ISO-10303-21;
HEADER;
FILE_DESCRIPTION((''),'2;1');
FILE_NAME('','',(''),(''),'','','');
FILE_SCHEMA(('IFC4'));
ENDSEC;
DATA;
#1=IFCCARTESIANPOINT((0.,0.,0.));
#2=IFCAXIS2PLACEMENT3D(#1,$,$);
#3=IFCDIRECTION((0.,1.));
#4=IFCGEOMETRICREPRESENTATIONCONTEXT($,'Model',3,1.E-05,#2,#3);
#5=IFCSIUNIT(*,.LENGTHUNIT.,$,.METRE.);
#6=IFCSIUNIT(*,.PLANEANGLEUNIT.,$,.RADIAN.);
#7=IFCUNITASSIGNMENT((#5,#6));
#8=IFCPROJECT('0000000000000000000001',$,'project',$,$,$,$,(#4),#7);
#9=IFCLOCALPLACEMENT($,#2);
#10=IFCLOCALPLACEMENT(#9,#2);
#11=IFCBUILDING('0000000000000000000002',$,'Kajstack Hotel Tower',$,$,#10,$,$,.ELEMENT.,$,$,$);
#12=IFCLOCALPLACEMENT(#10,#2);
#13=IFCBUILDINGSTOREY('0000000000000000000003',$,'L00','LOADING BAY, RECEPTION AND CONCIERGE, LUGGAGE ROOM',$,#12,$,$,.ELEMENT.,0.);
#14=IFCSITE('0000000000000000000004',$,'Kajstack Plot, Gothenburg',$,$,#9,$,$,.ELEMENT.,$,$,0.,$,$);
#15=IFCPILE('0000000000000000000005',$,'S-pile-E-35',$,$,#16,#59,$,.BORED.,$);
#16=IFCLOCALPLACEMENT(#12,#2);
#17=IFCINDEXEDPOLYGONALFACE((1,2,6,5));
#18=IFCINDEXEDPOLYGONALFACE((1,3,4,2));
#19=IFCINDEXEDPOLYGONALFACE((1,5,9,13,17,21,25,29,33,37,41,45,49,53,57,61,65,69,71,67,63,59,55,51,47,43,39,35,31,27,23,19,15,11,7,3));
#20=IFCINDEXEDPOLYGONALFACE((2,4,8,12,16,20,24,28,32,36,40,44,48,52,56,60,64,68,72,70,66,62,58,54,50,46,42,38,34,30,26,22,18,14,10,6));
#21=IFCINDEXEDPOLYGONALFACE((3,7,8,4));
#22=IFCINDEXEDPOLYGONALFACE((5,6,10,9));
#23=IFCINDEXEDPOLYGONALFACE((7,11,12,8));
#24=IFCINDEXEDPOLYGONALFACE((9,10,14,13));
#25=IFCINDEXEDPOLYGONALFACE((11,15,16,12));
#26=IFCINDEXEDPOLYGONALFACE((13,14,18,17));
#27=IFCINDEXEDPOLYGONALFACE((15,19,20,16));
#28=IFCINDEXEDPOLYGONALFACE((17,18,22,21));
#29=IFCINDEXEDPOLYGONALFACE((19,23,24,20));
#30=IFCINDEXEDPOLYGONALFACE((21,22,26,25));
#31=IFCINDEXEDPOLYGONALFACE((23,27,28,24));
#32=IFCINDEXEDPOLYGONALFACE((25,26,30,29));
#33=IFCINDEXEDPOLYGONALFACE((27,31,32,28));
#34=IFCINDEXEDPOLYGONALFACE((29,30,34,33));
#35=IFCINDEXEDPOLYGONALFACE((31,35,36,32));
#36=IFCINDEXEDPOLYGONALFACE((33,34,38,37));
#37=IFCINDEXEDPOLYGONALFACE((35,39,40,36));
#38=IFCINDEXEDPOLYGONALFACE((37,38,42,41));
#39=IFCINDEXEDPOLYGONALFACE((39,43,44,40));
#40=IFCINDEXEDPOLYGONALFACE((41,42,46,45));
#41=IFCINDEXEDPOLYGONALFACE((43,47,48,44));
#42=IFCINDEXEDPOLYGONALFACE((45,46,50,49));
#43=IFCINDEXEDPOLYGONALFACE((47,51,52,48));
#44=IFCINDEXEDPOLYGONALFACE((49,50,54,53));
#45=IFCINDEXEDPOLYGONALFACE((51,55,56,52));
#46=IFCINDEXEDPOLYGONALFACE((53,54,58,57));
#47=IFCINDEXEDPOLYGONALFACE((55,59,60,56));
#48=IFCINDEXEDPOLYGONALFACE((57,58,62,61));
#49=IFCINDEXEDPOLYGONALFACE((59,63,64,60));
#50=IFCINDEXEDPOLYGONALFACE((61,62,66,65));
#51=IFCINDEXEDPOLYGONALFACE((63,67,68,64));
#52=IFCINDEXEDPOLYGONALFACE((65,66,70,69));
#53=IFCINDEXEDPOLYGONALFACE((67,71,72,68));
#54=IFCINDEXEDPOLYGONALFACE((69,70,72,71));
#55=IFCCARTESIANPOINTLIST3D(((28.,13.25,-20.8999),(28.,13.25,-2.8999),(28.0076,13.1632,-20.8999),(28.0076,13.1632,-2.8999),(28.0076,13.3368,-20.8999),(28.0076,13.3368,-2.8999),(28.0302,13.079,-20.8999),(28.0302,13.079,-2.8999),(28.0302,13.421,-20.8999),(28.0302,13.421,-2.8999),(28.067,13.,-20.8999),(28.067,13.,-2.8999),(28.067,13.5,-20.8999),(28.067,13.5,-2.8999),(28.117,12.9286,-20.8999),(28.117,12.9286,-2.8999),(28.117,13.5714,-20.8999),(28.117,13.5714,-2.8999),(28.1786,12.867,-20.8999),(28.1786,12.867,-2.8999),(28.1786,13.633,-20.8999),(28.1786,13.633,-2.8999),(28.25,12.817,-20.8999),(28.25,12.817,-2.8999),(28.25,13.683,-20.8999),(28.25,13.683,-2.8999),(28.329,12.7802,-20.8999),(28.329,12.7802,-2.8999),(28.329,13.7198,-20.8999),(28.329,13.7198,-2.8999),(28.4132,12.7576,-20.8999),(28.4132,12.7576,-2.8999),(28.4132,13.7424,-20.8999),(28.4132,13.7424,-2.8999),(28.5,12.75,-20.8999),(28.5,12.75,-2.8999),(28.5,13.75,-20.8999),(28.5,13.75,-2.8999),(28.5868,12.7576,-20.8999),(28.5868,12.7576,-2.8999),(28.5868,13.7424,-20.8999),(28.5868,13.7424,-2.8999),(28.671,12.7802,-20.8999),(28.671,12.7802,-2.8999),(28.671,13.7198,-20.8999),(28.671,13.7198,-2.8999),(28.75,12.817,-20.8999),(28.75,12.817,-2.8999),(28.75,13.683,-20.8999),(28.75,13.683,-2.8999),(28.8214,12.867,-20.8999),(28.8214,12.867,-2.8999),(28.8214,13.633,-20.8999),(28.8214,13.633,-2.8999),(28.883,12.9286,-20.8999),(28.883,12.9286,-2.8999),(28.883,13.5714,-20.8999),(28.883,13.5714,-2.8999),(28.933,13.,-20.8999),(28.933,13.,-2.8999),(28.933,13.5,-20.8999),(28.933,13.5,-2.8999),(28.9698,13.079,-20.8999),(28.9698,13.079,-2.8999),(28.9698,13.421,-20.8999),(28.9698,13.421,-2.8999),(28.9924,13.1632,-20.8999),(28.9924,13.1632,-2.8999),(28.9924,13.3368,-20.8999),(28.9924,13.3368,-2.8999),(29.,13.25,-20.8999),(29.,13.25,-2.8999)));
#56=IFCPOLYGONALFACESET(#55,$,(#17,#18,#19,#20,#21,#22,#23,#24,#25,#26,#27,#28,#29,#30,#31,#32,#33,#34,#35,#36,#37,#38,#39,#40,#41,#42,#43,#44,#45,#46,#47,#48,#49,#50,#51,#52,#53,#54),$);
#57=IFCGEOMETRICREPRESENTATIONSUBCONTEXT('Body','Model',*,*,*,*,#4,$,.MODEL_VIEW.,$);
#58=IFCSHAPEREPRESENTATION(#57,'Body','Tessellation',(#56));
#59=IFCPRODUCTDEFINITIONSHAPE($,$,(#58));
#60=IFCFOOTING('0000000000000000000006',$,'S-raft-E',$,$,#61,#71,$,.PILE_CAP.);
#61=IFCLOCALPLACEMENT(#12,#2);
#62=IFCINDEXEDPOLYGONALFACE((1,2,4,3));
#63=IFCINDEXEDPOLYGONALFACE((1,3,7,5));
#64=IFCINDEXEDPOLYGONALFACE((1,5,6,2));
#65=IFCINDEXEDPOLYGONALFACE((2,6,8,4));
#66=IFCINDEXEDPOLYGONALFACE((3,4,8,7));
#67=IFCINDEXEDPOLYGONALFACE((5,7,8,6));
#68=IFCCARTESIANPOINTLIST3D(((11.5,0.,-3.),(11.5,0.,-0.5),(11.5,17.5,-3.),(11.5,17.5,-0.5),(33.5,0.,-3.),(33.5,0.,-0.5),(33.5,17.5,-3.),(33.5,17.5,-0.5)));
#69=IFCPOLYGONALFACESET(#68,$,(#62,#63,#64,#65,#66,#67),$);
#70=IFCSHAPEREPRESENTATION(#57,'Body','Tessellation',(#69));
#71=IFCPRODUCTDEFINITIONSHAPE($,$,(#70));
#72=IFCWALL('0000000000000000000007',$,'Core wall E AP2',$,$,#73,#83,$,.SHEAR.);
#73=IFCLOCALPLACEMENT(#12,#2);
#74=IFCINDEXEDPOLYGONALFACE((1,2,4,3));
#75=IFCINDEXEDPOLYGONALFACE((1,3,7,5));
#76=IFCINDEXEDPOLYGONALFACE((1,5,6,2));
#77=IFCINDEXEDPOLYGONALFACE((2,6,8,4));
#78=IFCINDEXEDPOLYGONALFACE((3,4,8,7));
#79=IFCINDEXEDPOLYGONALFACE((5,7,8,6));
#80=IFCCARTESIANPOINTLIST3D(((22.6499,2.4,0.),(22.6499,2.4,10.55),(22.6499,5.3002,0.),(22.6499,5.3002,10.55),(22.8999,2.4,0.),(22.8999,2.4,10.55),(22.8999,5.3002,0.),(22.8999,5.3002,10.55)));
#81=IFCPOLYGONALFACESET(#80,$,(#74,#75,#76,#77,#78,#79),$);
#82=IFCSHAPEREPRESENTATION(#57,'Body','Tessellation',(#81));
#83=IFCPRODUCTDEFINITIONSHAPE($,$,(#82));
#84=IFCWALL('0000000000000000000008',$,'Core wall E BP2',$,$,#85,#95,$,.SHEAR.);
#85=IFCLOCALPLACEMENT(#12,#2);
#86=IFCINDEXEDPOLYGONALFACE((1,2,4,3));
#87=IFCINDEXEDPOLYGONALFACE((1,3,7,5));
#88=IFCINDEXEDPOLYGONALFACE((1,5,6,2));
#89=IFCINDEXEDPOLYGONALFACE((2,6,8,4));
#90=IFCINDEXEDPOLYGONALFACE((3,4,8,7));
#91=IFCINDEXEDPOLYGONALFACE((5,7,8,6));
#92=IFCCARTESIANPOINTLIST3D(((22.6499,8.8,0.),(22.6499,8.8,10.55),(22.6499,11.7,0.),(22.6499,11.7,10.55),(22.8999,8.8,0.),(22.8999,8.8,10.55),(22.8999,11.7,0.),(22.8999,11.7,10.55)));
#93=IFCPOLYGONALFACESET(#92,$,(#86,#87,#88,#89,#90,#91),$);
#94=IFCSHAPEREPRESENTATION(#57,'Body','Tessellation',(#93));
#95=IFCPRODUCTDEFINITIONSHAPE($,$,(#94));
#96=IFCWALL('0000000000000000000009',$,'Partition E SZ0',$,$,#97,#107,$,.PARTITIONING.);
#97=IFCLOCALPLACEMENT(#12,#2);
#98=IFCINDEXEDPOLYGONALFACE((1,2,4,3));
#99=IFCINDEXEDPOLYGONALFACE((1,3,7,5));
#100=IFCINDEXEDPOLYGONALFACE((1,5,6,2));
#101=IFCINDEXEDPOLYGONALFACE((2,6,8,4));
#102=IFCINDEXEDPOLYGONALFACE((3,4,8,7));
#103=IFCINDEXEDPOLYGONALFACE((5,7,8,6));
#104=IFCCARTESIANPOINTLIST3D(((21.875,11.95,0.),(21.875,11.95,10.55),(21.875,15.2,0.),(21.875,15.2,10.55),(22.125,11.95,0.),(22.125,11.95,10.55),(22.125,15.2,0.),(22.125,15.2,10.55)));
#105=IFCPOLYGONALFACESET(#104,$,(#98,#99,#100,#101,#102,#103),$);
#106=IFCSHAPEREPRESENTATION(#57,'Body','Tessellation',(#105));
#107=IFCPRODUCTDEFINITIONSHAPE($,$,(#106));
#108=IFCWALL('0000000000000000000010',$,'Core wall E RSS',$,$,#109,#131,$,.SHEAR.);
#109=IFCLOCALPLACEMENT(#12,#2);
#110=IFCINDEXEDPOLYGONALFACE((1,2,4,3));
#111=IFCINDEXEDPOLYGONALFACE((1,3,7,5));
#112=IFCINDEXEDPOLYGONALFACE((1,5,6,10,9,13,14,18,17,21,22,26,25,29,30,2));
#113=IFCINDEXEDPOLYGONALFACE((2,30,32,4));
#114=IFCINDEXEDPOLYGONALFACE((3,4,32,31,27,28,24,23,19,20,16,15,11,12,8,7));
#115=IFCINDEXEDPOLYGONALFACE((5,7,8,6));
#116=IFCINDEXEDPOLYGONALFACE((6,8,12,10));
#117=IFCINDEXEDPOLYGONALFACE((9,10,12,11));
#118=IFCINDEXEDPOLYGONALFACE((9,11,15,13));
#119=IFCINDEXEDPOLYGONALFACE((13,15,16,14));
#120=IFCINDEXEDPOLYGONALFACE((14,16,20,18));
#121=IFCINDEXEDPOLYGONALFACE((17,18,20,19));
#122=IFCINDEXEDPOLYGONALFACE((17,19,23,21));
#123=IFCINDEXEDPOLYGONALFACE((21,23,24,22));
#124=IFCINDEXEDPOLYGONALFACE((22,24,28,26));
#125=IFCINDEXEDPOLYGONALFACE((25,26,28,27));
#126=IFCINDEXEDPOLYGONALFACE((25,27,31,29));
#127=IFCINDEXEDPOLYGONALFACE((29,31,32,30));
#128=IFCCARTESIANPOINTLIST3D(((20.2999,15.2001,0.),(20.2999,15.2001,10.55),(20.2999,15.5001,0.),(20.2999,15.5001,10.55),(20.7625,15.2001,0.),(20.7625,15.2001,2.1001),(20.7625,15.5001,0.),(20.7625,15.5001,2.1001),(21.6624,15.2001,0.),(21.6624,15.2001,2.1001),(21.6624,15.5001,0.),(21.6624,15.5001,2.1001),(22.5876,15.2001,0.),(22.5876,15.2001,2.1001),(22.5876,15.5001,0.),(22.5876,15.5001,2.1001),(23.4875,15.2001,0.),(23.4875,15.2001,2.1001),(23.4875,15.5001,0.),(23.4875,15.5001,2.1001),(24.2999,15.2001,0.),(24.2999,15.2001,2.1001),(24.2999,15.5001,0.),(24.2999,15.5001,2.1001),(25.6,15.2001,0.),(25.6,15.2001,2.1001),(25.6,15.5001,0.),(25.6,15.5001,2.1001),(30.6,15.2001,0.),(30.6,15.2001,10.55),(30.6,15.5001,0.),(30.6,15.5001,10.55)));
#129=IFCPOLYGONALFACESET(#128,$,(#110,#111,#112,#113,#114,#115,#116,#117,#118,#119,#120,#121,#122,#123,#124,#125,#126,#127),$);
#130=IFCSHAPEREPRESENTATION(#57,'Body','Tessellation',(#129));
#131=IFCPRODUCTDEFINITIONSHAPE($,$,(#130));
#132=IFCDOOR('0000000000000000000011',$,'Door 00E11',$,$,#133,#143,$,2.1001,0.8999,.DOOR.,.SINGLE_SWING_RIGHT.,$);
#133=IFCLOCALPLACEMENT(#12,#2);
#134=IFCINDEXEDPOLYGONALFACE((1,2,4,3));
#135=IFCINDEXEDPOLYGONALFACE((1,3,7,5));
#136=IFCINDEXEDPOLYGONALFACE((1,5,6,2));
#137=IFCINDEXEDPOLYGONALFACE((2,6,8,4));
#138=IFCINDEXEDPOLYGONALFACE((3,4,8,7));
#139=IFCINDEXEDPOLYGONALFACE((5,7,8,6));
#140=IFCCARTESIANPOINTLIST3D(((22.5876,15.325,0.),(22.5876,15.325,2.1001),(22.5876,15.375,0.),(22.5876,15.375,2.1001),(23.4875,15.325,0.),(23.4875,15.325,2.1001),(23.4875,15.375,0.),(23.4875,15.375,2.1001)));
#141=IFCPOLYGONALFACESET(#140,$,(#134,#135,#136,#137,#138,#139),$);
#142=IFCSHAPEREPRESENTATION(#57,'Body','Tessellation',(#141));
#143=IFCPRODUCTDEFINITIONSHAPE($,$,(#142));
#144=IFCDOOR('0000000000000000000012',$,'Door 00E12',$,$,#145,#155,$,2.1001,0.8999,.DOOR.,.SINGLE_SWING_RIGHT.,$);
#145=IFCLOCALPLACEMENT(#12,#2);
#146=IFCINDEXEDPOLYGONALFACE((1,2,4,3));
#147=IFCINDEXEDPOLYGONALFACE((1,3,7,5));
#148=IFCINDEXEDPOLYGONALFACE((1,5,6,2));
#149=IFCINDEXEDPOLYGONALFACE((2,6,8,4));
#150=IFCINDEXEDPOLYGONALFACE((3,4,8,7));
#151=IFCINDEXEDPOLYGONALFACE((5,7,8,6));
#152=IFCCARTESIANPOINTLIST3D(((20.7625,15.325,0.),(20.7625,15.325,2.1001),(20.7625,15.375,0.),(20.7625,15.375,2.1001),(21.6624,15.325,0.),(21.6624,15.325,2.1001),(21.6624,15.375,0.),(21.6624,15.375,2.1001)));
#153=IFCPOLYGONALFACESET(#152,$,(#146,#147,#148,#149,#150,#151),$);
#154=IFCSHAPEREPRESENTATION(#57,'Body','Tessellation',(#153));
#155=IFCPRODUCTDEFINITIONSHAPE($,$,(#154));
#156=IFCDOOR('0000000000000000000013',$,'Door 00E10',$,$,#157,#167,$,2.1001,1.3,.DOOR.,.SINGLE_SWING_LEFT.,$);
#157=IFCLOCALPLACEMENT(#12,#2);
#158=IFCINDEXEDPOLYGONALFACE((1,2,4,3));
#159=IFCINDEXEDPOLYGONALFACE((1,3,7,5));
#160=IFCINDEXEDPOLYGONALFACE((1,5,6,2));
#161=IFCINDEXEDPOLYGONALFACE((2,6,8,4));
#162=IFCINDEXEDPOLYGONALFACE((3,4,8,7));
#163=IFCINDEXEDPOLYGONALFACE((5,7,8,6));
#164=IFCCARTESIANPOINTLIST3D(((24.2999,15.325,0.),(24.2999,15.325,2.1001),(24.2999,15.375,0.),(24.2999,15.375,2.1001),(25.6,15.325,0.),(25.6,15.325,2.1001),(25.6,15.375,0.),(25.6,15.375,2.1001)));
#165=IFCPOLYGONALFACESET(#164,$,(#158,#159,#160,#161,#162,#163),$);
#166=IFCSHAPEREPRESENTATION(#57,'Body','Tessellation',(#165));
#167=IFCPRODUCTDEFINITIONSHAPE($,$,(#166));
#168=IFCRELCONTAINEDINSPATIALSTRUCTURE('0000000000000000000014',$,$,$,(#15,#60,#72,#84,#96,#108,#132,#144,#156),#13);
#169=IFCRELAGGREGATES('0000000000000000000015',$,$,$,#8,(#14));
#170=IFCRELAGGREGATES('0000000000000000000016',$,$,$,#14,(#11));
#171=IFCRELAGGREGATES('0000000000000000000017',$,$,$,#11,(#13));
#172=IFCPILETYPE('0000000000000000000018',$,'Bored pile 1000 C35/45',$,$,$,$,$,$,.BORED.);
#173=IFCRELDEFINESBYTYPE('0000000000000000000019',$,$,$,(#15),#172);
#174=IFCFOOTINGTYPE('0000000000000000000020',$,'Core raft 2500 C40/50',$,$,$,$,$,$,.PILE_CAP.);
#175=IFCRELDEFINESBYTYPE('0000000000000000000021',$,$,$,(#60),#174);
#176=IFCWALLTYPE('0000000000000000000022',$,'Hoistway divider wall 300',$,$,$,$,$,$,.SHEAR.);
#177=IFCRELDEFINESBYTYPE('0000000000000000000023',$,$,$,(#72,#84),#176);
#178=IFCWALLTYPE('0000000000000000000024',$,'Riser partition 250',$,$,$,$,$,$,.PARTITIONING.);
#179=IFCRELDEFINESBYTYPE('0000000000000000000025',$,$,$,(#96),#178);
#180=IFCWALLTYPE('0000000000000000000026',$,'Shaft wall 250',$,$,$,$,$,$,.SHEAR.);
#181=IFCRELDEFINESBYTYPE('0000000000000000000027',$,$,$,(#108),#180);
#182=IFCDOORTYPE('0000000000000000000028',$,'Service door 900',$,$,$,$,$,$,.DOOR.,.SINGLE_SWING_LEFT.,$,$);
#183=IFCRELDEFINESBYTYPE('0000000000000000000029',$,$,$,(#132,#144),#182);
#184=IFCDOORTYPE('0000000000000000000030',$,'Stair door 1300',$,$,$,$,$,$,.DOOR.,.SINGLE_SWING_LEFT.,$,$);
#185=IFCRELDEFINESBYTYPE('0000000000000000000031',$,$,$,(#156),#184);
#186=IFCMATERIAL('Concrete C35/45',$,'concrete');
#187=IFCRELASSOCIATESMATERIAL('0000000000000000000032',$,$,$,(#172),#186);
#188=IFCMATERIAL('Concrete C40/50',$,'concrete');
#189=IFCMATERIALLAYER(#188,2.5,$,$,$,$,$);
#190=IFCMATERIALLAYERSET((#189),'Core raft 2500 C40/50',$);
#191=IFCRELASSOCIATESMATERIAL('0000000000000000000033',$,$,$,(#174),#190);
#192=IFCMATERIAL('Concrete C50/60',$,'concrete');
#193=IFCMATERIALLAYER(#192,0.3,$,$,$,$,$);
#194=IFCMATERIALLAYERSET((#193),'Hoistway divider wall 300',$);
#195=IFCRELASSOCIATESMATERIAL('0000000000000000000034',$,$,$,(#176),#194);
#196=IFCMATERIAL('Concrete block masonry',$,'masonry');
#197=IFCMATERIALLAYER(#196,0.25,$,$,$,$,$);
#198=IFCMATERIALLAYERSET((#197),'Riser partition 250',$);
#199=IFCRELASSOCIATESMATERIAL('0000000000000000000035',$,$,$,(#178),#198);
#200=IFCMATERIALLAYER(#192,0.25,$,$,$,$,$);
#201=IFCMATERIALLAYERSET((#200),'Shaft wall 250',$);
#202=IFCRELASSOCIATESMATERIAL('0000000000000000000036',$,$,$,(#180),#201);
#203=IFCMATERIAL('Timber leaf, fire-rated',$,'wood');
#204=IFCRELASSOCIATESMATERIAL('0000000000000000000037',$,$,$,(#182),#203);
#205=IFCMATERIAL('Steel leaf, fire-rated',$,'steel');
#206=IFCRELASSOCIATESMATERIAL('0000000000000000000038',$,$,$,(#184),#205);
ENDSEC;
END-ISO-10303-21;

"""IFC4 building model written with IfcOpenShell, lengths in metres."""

from ifc_helpers import new_model, si_unit, direction, frame, frame_2d, origin, origin_2d, place, context, subcontext, project, spatial, rectangle, circle, extrude, material, layer, layer_set, material_profile, profile_set, type_object, element, fill, save


model = new_model("IFC4")

# Units and contexts
model_context = context("Model", 3, precision=1e-05, world=origin(), true_north=direction((0.0, 1.0)))
body_context = subcontext(model_context, "Body", "Model", "MODEL_VIEW")
ifc_project = project(units=[si_unit("LENGTHUNIT", "METRE"), si_unit("PLANEANGLEUNIT", "RADIAN")], contexts=[model_context])

# Site, building, storey
site_placement = place(None, origin())
site = spatial("IfcSite", under=ifc_project, at=site_placement, Name="Kajstack Plot, Gothenburg", CompositionType="ELEMENT", RefElevation=0.0)
building_placement = place(site_placement, origin())
building = spatial("IfcBuilding", under=site, at=building_placement, Name="Kajstack Hotel Tower", CompositionType="ELEMENT")
storey_placement = place(building_placement, origin())
storey = spatial("IfcBuildingStorey", under=building, at=storey_placement, Name="L00", Description="LOADING BAY, RECEPTION AND CONCIERGE, LUGGAGE ROOM", CompositionType="ELEMENT", Elevation=0.0)

# Pile
ifc_material_1 = material(Name="Concrete C35/45", Category="concrete")
ifc_material_profile = material_profile(ifc_material_1, circle(Radius=0.5, at=origin_2d()), Name="RC round 1000")
ifc_profile_set = profile_set([ifc_material_profile], Name="Concrete C35/45")
pile_type = type_object("IfcPileType", Name="Bored pile 1000 C35/45", PredefinedType="BORED", material=ifc_profile_set)
for number, where, z_axis, x_axis, name in (
    (1, (28.5, 13.25, -2.8999), (0.0, 0.0, -1.0), (1.0, 0.0, 0.0), "S-pile-E-35"),
):
    element("IfcPile", number, at=place(storey_placement, frame(where, z_axis=z_axis, x_axis=x_axis)), inside=storey, type_object=pile_type, Name=name, PredefinedType="BORED", context=body_context, shape_type="SweptSolid", body=[
        extrude(circle(Radius=0.5, at=origin_2d()), origin(), (0.0, 0.0, 1.0), 18.0),
    ])

# Footing
ifc_material_2 = material(Name="Concrete C40/50", Category="concrete")
ifc_layer_1 = layer(ifc_material_2, 2.5)
ifc_layer_set_1 = layer_set([ifc_layer_1], Name="Core raft 2500 C40/50")
footing_type = type_object("IfcFootingType", Name="Core raft 2500 C40/50", PredefinedType="PILE_CAP", material=ifc_layer_set_1)
footing_placement = place(storey_placement, frame((22.5, 8.75, -3.0), z_axis=(0.0, 0.0, 1.0), x_axis=(1.0, 0.0, 0.0)))
element("IfcFooting", 2, at=footing_placement, inside=storey, type_object=footing_type, Name="S-raft-E", PredefinedType="PILE_CAP", context=body_context, shape_type="SweptSolid", body=[
    extrude(rectangle(XDim=22.0, YDim=17.5, at=origin_2d()), origin(), (0.0, 0.0, 1.0), 2.5),
])

# Walls
ifc_material_3 = material(Name="Concrete C50/60", Category="concrete")
ifc_layer_2 = layer(ifc_material_3, 0.3)
ifc_layer_set_2 = layer_set([ifc_layer_2], Name="Hoistway divider wall 300")
wall_type_1 = type_object("IfcWallType", Name="Hoistway divider wall 300", PredefinedType="SHEAR", material=ifc_layer_set_2)
wall_1_placement = place(storey_placement, frame((22.7749, 2.3999, 0.0), z_axis=(0.0, 0.0, 1.0), x_axis=(0.0, 1.0, 0.0)))
element("IfcWall", 3, at=wall_1_placement, inside=storey, type_object=wall_type_1, Name="Core wall E AP2", PredefinedType="SHEAR", context=body_context, shape_type="SweptSolid", body=[
    extrude(rectangle(XDim=2.9001, YDim=0.25, at=frame_2d((1.4502, 0.0))), origin(), (0.0, 0.0, 1.0), 10.55),
])
wall_2_placement = place(storey_placement, frame((22.7749, 8.8, 0.0), z_axis=(0.0, 0.0, 1.0), x_axis=(0.0, 1.0, 0.0)))
element("IfcWall", 4, at=wall_2_placement, inside=storey, type_object=wall_type_1, Name="Core wall E BP2", PredefinedType="SHEAR", context=body_context, shape_type="SweptSolid", body=[
    extrude(rectangle(XDim=2.8999, YDim=0.25, at=frame_2d((1.45, 0.0))), origin(), (0.0, 0.0, 1.0), 10.55),
])
ifc_material_4 = material(Name="Concrete block masonry", Category="masonry")
ifc_layer_3 = layer(ifc_material_4, 0.25)
ifc_layer_set_3 = layer_set([ifc_layer_3], Name="Riser partition 250")
wall_type_2 = type_object("IfcWallType", Name="Riser partition 250", PredefinedType="PARTITIONING", material=ifc_layer_set_3)
wall_3_placement = place(storey_placement, frame((22.0, 11.95, 0.0), z_axis=(0.0, 0.0, 1.0), x_axis=(0.0, 1.0, 0.0)))
element("IfcWall", 5, at=wall_3_placement, inside=storey, type_object=wall_type_2, Name="Partition E SZ0", PredefinedType="PARTITIONING", context=body_context, shape_type="SweptSolid", body=[
    extrude(rectangle(XDim=3.25, YDim=0.25, at=frame_2d((1.625, 0.0))), origin(), (0.0, 0.0, 1.0), 10.55),
])

# Wall, openings, doors
ifc_layer_4 = layer(ifc_material_3, 0.25)
ifc_layer_set_4 = layer_set([ifc_layer_4], Name="Shaft wall 250")
wall_type_3 = type_object("IfcWallType", Name="Shaft wall 250", PredefinedType="SHEAR", material=ifc_layer_set_4)
wall_4_placement = place(storey_placement, frame((20.3, 15.3501, 0.0), z_axis=(0.0, 0.0, 1.0), x_axis=(1.0, 0.0, 0.0)))
wall_4 = element("IfcWall", 6, at=wall_4_placement, inside=storey, type_object=wall_type_3, Name="Core wall E RSS", PredefinedType="SHEAR", context=body_context, shape_type="SweptSolid", body=[
    extrude(rectangle(XDim=10.3, YDim=0.3, at=frame_2d((5.1499, 0.0))), origin(), (0.0, 0.0, 1.0), 10.55),
])
opening_1_placement = place(wall_4_placement, frame((4.0, 0.0, 0.0)))
opening_1 = element("IfcOpeningElement", 7, at=opening_1_placement, cuts=wall_4, PredefinedType="OPENING", context=body_context, shape_type="SweptSolid", body=[
    extrude(rectangle(XDim=1.3, YDim=2.1001, at=frame_2d((0.6499, 1.05))), frame((0.0, 0.1599, 0.0), z_axis=(0.0, -1.0, 0.0), x_axis=(1.0, 0.0, 0.0)), (0.0, 0.0, 1.0), 0.3201),
])
opening_2_placement = place(wall_4_placement, frame((2.2876, 0.0, 0.0)))
opening_2 = element("IfcOpeningElement", 8, at=opening_2_placement, cuts=wall_4, PredefinedType="OPENING", context=body_context, shape_type="SweptSolid", body=[
    extrude(rectangle(XDim=0.8999, YDim=2.1001, at=frame_2d((0.45, 1.05))), frame((0.0, 0.1599, 0.0), z_axis=(0.0, -1.0, 0.0), x_axis=(1.0, 0.0, 0.0)), (0.0, 0.0, 1.0), 0.3201),
])
opening_3_placement = place(wall_4_placement, frame((0.4624, 0.0, 0.0)))
opening_3 = element("IfcOpeningElement", 9, at=opening_3_placement, cuts=wall_4, PredefinedType="OPENING", context=body_context, shape_type="SweptSolid", body=[
    extrude(rectangle(XDim=0.8999, YDim=2.1001, at=frame_2d((0.45, 1.05))), frame((0.0, 0.1599, 0.0), z_axis=(0.0, -1.0, 0.0), x_axis=(1.0, 0.0, 0.0)), (0.0, 0.0, 1.0), 0.3201),
])
ifc_material_5 = material(Name="Timber leaf, fire-rated", Category="wood")
door_type_1 = type_object("IfcDoorType", Name="Service door 900", OperationType="SINGLE_SWING_LEFT", PredefinedType="DOOR", material=ifc_material_5)
door_1_placement = place(opening_2_placement, origin())
door_1 = element("IfcDoor", 10, at=door_1_placement, inside=storey, type_object=door_type_1, Name="Door 00E11", OperationType="SINGLE_SWING_RIGHT", OverallHeight=2.1001, OverallWidth=0.8999, PredefinedType="DOOR", context=body_context, shape_type="SweptSolid", body=[
    extrude(rectangle(XDim=0.8999, YDim=2.1001, at=frame_2d((0.45, 1.05))), frame((0.0, 0.0249, 0.0), z_axis=(0.0, -1.0, 0.0), x_axis=(1.0, 0.0, 0.0)), (0.0, 0.0, 1.0), 0.05),
])
fill(opening_2, door_1)
door_2_placement = place(opening_3_placement, origin())
door_2 = element("IfcDoor", 11, at=door_2_placement, inside=storey, type_object=door_type_1, Name="Door 00E12", OperationType="SINGLE_SWING_RIGHT", OverallHeight=2.1001, OverallWidth=0.8999, PredefinedType="DOOR", context=body_context, shape_type="SweptSolid", body=[
    extrude(rectangle(XDim=0.8999, YDim=2.1001, at=frame_2d((0.45, 1.05))), frame((0.0, 0.0249, 0.0), z_axis=(0.0, -1.0, 0.0), x_axis=(1.0, 0.0, 0.0)), (0.0, 0.0, 1.0), 0.05),
])
fill(opening_3, door_2)
ifc_material_6 = material(Name="Steel leaf, fire-rated", Category="steel")
door_type_2 = type_object("IfcDoorType", Name="Stair door 1300", OperationType="SINGLE_SWING_LEFT", PredefinedType="DOOR", material=ifc_material_6)
door_3_placement = place(opening_1_placement, origin())
door_3 = element("IfcDoor", 12, at=door_3_placement, inside=storey, type_object=door_type_2, Name="Door 00E10", OperationType="SINGLE_SWING_LEFT", OverallHeight=2.1001, OverallWidth=1.3, PredefinedType="DOOR", context=body_context, shape_type="SweptSolid", body=[
    extrude(rectangle(XDim=1.3, YDim=2.1001, at=frame_2d((0.6499, 1.05))), frame((0.0, 0.0249, 0.0), z_axis=(0.0, -1.0, 0.0), x_axis=(1.0, 0.0, 0.0)), (0.0, 0.0, 1.0), 0.05),
])
fill(opening_1, door_3)

save(model, "model.ifc")
